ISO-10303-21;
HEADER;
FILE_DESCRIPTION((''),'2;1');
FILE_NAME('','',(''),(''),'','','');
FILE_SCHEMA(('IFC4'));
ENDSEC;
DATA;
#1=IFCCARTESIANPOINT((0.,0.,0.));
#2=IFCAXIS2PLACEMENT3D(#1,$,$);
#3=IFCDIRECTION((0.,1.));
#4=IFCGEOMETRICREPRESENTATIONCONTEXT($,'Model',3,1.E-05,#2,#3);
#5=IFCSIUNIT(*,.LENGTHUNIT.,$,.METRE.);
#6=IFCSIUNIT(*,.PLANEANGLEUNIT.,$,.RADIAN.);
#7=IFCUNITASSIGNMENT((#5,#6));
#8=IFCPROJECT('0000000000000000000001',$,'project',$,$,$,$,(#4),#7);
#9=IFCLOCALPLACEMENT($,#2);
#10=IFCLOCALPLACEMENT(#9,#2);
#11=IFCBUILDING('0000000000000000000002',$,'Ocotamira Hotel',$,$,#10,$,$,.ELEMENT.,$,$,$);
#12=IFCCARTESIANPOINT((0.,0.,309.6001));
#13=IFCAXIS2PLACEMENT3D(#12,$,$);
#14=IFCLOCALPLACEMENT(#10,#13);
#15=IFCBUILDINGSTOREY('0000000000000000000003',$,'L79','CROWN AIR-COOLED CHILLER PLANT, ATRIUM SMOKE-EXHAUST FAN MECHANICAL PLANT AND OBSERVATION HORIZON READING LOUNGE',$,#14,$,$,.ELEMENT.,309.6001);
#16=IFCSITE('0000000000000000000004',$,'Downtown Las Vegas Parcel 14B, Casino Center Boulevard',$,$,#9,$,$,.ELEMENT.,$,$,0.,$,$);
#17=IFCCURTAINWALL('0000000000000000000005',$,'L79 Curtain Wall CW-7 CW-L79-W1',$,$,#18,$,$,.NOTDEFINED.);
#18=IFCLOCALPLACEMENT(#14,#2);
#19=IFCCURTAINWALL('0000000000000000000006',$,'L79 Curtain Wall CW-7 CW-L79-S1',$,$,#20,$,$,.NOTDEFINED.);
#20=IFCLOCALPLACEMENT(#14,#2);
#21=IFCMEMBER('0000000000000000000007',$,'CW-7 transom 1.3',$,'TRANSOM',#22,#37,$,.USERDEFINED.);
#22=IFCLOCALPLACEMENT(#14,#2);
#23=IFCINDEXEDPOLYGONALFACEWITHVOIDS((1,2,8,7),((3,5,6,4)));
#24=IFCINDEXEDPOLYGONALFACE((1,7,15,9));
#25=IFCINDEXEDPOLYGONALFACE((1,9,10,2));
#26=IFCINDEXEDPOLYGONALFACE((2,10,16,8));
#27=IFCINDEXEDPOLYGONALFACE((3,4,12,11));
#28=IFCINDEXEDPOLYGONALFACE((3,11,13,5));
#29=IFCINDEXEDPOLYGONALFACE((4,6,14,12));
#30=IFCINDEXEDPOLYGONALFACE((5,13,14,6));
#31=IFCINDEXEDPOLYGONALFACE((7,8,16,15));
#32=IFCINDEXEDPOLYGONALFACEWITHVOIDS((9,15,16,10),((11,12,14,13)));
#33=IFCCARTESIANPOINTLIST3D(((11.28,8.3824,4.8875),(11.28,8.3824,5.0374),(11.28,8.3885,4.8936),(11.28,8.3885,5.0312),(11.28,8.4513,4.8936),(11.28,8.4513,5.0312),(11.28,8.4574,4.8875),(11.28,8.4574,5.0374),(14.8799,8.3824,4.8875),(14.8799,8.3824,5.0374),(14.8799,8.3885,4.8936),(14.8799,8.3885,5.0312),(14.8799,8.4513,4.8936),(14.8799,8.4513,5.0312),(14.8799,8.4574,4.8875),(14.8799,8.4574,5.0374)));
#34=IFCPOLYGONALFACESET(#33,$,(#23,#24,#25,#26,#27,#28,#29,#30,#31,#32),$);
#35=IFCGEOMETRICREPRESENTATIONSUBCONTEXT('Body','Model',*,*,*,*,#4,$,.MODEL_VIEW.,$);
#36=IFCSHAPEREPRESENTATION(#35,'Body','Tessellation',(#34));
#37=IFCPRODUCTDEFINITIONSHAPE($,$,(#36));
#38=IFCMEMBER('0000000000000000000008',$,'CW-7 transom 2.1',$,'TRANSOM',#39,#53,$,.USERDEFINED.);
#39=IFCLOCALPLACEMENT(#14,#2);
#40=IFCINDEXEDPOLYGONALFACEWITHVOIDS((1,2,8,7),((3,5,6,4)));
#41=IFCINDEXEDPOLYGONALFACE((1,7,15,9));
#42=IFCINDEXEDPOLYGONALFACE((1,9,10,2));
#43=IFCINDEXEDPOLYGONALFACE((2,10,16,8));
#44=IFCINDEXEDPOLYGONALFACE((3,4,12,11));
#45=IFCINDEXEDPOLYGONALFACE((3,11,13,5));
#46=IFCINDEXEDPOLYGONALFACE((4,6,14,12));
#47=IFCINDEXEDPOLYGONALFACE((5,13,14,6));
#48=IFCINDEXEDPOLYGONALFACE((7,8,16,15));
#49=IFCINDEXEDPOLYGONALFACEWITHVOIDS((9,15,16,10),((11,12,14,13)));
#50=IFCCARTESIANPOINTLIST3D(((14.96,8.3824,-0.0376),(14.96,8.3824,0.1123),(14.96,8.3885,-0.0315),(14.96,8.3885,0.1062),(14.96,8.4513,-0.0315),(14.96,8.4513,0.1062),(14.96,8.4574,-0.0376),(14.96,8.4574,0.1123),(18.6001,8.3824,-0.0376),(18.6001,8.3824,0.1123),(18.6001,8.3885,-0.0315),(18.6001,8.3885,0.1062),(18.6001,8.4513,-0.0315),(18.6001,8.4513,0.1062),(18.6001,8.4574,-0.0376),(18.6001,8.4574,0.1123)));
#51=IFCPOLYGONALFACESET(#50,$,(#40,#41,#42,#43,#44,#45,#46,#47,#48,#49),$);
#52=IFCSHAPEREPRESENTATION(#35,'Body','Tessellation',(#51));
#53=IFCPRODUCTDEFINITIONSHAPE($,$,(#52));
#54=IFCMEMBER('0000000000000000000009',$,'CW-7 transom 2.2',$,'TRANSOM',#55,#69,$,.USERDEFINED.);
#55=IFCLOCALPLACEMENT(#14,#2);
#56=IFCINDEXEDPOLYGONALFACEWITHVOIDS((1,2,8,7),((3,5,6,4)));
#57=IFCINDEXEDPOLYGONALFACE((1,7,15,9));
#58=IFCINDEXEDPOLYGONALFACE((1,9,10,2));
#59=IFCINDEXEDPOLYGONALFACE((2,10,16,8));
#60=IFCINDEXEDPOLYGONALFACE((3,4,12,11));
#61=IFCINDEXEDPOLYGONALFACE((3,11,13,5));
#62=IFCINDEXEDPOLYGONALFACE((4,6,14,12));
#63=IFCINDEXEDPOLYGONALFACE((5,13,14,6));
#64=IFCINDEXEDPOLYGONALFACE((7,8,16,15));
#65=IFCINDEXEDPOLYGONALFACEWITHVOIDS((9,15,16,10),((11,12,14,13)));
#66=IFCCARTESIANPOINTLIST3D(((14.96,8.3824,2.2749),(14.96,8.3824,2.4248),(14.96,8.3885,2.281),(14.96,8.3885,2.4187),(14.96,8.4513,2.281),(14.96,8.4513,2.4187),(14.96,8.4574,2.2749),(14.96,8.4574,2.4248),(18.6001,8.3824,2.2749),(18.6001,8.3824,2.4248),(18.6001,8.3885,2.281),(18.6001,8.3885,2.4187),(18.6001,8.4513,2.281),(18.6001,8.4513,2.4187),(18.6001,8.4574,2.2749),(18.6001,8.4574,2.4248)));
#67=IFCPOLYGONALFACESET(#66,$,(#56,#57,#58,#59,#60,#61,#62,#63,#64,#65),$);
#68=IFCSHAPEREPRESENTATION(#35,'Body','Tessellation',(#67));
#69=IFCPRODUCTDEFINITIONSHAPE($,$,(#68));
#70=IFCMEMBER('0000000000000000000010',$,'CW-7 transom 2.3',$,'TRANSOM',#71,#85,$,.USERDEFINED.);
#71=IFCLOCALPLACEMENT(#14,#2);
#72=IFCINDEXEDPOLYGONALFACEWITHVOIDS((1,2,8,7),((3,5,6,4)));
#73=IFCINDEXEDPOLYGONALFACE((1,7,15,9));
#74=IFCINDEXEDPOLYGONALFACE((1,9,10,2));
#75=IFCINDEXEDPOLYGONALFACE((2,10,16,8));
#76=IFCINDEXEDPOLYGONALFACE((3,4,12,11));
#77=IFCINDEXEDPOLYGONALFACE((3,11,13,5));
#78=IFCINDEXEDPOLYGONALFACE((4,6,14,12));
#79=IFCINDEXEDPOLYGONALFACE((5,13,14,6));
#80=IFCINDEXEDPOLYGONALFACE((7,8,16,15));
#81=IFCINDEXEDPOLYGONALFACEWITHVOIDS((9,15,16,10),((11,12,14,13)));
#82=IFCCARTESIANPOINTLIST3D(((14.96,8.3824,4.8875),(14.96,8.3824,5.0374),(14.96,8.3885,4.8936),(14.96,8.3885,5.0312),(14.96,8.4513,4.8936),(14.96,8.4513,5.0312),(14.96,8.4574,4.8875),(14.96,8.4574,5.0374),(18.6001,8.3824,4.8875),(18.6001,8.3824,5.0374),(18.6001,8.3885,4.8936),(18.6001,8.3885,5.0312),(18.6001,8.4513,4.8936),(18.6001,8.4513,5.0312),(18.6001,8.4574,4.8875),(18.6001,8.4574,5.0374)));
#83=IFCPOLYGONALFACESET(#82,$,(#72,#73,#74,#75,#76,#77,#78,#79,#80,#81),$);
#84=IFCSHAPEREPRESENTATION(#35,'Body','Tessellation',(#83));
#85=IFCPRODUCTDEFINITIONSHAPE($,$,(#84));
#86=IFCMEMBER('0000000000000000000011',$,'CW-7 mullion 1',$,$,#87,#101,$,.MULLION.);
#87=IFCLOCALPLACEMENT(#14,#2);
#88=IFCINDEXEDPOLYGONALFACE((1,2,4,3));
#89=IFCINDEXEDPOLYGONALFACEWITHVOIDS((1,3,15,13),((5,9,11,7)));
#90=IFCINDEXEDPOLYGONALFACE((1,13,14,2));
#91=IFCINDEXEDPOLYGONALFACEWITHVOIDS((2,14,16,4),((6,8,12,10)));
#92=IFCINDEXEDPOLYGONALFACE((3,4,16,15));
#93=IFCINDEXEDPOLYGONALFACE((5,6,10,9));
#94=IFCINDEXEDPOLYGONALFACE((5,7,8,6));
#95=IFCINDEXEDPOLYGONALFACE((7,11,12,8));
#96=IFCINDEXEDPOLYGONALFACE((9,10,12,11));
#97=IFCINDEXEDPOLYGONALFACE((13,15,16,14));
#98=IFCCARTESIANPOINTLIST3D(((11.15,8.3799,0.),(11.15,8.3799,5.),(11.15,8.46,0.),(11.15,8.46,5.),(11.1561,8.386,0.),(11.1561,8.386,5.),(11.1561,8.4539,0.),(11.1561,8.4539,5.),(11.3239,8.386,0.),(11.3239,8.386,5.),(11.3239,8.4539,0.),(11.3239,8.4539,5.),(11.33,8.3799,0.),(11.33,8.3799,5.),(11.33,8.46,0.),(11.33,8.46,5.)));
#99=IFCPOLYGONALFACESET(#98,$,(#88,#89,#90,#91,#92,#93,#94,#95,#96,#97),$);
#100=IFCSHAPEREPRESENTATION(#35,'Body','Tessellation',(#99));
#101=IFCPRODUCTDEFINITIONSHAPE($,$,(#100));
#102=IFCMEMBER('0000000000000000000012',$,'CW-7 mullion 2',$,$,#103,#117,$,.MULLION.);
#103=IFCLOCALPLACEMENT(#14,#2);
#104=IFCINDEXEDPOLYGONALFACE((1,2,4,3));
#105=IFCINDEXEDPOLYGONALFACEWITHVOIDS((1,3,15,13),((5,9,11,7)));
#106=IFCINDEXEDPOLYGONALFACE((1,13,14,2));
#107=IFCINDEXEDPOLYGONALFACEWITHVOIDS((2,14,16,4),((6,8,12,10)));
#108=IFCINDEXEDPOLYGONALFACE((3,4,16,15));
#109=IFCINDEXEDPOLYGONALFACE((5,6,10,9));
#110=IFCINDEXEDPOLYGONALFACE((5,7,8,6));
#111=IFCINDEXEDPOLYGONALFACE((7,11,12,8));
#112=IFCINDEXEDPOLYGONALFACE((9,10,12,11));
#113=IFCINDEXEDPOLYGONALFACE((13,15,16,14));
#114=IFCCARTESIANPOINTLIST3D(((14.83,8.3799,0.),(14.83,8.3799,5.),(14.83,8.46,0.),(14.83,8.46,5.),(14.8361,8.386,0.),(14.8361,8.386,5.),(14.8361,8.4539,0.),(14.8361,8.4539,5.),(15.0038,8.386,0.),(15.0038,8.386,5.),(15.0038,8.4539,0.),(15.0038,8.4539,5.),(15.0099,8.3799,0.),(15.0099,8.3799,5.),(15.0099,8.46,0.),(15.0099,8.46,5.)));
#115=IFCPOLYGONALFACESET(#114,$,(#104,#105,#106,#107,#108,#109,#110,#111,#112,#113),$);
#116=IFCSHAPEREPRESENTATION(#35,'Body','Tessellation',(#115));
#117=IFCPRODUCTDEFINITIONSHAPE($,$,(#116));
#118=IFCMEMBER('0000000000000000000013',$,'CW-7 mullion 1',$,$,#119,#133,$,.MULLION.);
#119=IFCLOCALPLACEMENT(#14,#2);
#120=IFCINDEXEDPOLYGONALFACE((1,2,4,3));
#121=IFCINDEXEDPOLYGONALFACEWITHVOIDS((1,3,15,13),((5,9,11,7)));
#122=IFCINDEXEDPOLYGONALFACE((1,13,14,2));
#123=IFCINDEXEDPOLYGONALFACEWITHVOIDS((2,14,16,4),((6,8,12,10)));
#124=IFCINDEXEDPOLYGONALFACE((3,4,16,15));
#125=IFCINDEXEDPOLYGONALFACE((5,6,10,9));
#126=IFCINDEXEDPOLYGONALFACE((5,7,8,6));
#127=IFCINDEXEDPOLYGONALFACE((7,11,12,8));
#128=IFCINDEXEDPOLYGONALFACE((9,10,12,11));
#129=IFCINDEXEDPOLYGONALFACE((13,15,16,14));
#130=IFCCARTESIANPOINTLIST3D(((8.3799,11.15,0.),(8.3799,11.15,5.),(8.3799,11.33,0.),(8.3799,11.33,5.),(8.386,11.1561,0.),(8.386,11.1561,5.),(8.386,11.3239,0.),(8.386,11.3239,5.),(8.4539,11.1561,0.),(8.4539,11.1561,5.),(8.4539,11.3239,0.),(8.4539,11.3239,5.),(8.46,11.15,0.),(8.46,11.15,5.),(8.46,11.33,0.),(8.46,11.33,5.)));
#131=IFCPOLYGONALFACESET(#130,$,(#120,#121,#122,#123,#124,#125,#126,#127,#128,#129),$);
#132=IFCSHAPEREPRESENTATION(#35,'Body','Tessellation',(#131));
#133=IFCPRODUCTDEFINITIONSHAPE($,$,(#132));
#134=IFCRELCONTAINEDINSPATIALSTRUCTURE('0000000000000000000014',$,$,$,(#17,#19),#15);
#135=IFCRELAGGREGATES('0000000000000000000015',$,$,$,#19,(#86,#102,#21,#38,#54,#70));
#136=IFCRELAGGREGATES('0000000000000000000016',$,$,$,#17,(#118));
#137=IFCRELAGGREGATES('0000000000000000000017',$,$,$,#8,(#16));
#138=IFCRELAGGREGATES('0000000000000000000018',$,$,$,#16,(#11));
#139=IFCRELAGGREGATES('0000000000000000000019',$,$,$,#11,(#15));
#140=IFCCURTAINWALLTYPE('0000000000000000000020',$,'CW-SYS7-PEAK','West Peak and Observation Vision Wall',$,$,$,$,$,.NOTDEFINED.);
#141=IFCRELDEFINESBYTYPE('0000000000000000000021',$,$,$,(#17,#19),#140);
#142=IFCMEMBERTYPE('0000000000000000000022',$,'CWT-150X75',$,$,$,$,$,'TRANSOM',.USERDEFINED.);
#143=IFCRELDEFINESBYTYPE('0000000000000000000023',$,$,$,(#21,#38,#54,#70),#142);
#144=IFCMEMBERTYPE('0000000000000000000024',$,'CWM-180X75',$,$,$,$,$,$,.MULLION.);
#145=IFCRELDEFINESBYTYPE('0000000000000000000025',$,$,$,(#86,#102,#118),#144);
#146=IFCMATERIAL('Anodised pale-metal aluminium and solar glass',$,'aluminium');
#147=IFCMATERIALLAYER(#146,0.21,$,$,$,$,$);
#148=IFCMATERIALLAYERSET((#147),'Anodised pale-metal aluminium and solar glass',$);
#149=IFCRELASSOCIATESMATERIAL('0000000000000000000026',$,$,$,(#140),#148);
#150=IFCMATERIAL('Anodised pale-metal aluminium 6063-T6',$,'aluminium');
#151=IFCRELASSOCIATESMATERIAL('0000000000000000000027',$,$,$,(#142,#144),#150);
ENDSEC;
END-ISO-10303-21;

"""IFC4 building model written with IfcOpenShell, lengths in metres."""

from ifc_helpers import new_model, si_unit, direction, frame, origin, origin_2d, place, context, subcontext, project, spatial, hollow_rectangle, extrude, source, transform, mapped, material, layer, layer_set, material_profile, profile_set, type_object, element, aggregate, save


model = new_model("IFC4")

# Units and contexts
model_context = context("Model", 3, precision=1e-05, world=origin(), true_north=direction((0.0, 1.0)))
body_context = subcontext(model_context, "Body", "Model", "MODEL_VIEW")
ifc_project = project(units=[si_unit("LENGTHUNIT", "METRE"), si_unit("PLANEANGLEUNIT", "RADIAN")], contexts=[model_context])

# Site, building, storey
site_placement = place(None, origin())
site = spatial("IfcSite", under=ifc_project, at=site_placement, Name="Downtown Las Vegas Parcel 14B, Casino Center Boulevard", CompositionType="ELEMENT", RefElevation=0.0)
building_placement = place(site_placement, origin())
building = spatial("IfcBuilding", under=site, at=building_placement, Name="Ocotamira Hotel", CompositionType="ELEMENT")
storey_placement = place(building_placement, frame((0.0, 0.0, 309.6001)))
storey = spatial("IfcBuildingStorey", under=building, at=storey_placement, Name="L79", Description="CROWN AIR-COOLED CHILLER PLANT, ATRIUM SMOKE-EXHAUST FAN MECHANICAL PLANT AND OBSERVATION HORIZON READING LOUNGE", CompositionType="ELEMENT", Elevation=309.6001)

# Curtain walls, members
ifc_material_1 = material(Name="Anodised pale-metal aluminium and solar glass", Category="aluminium")
ifc_layer_1 = layer(ifc_material_1, 0.21)
ifc_layer_set_1 = layer_set([ifc_layer_1], Name="Anodised pale-metal aluminium and solar glass")
curtain_wall_type = type_object("IfcCurtainWallType", Name="CW-SYS7-PEAK", Description="West Peak and Observation Vision Wall", PredefinedType="NOTDEFINED", material=ifc_layer_set_1)
curtain_wall_1_placement = place(storey_placement, origin())
curtain_wall_1 = element("IfcCurtainWall", 1, at=curtain_wall_1_placement, inside=storey, type_object=curtain_wall_type, Name="L79 Curtain Wall CW-7 CW-L79-W1", PredefinedType="NOTDEFINED")
ifc_material_2 = material(Name="Anodised pale-metal aluminium 6063-T6", Category="aluminium")
ifc_material_profile_1 = material_profile(ifc_material_2, hollow_rectangle(XDim=0.075, YDim=0.1499, WallThickness=0.0061, at=origin_2d()), Name="HSS150X75X6")
ifc_profile_set_1 = profile_set([ifc_material_profile_1], Name="Anodised pale-metal aluminium 6063-T6")
member_type_1 = type_object("IfcMemberType", Name="CWT-150X75", ElementType="TRANSOM", PredefinedType="USERDEFINED", material=ifc_profile_set_1)
curtain_wall_2_placement = place(storey_placement, origin())
curtain_wall_2 = element("IfcCurtainWall", 2, at=curtain_wall_2_placement, inside=storey, type_object=curtain_wall_type, Name="L79 Curtain Wall CW-7 CW-L79-S1", PredefinedType="NOTDEFINED")
shared_shape_1 = source(origin(), body_context, "Body", "SweptSolid", [
    extrude(hollow_rectangle(XDim=0.075, YDim=0.1499, WallThickness=0.0061, at=origin_2d()), origin(), (0.0, 0.0, 1.0), 3.5999),
])
member_1_placement = place(storey_placement, frame((11.28, 8.4199, 4.9624), z_axis=(1.0, 0.0, 0.0), x_axis=(0.0, 1.0, 0.0)))
member_1 = element("IfcMember", 3, at=member_1_placement, type_object=member_type_1, Name="CW-7 transom 1.3", ObjectType="TRANSOM", PredefinedType="USERDEFINED", context=body_context, shape_type="MappedRepresentation", body=[
    mapped(shared_shape_1, transform((0.0, 0.0, 0.0), scale=1.0)),
])
shared_shape_2 = source(origin(), body_context, "Body", "SweptSolid", [
    extrude(hollow_rectangle(XDim=0.075, YDim=0.1499, WallThickness=0.0061, at=origin_2d()), origin(), (0.0, 0.0, 1.0), 3.6401),
])
member_2_placement = place(storey_placement, frame((14.96, 8.4199, 0.0374), z_axis=(1.0, 0.0, 0.0), x_axis=(0.0, 1.0, 0.0)))
member_2 = element("IfcMember", 4, at=member_2_placement, type_object=member_type_1, Name="CW-7 transom 2.1", ObjectType="TRANSOM", PredefinedType="USERDEFINED", context=body_context, shape_type="MappedRepresentation", body=[
    mapped(shared_shape_2, transform((0.0, 0.0, 0.0), scale=1.0)),
])
member_3_placement = place(storey_placement, frame((14.96, 8.4199, 2.3499), z_axis=(1.0, 0.0, 0.0), x_axis=(0.0, 1.0, 0.0)))
member_3 = element("IfcMember", 5, at=member_3_placement, type_object=member_type_1, Name="CW-7 transom 2.2", ObjectType="TRANSOM", PredefinedType="USERDEFINED", context=body_context, shape_type="MappedRepresentation", body=[
    mapped(shared_shape_2, transform((0.0, 0.0, 0.0), scale=1.0)),
])
member_4_placement = place(storey_placement, frame((14.96, 8.4199, 4.9624), z_axis=(1.0, 0.0, 0.0), x_axis=(0.0, 1.0, 0.0)))
member_4 = element("IfcMember", 6, at=member_4_placement, type_object=member_type_1, Name="CW-7 transom 2.3", ObjectType="TRANSOM", PredefinedType="USERDEFINED", context=body_context, shape_type="MappedRepresentation", body=[
    mapped(shared_shape_2, transform((0.0, 0.0, 0.0), scale=1.0)),
])
ifc_material_profile_2 = material_profile(ifc_material_2, hollow_rectangle(XDim=0.0801, YDim=0.1799, WallThickness=0.0061, at=origin_2d()), Name="HSS180X80X6")
ifc_profile_set_2 = profile_set([ifc_material_profile_2], Name="Anodised pale-metal aluminium 6063-T6")
member_type_2 = type_object("IfcMemberType", Name="CWM-180X75", PredefinedType="MULLION", material=ifc_profile_set_2)
shared_shape_3 = source(origin(), body_context, "Body", "SweptSolid", [
    extrude(hollow_rectangle(XDim=0.0801, YDim=0.1799, WallThickness=0.0061, at=origin_2d()), origin(), (0.0, 0.0, 1.0), 5.0),
])
member_5_placement = place(storey_placement, frame((11.24, 8.4199, 0.0), z_axis=(0.0, 0.0, 1.0), x_axis=(0.0, 1.0, 0.0)))
member_5 = element("IfcMember", 7, at=member_5_placement, type_object=member_type_2, Name="CW-7 mullion 1", PredefinedType="MULLION", context=body_context, shape_type="MappedRepresentation", body=[
    mapped(shared_shape_3, transform((0.0, 0.0, 0.0), scale=1.0)),
])
member_6_placement = place(storey_placement, frame((14.9199, 8.4199, 0.0), z_axis=(0.0, 0.0, 1.0), x_axis=(0.0, 1.0, 0.0)))
member_6 = element("IfcMember", 8, at=member_6_placement, type_object=member_type_2, Name="CW-7 mullion 2", PredefinedType="MULLION", context=body_context, shape_type="MappedRepresentation", body=[
    mapped(shared_shape_3, transform((0.0, 0.0, 0.0), scale=1.0)),
])

# Member
member_7_placement = place(storey_placement, frame((8.4199, 11.24, 0.0), z_axis=(0.0, 0.0, 1.0), x_axis=(-1.0, 0.0, 0.0)))
member_7 = element("IfcMember", 9, at=member_7_placement, type_object=member_type_2, Name="CW-7 mullion 1", PredefinedType="MULLION", context=body_context, shape_type="MappedRepresentation", body=[
    mapped(shared_shape_3, transform((0.0, 0.0, 0.0), scale=1.0)),
])

aggregate(curtain_wall_2, [member_5, member_6, member_1, member_2, member_3, member_4])
aggregate(curtain_wall_1, [member_7])

save(model, "model.ifc")
